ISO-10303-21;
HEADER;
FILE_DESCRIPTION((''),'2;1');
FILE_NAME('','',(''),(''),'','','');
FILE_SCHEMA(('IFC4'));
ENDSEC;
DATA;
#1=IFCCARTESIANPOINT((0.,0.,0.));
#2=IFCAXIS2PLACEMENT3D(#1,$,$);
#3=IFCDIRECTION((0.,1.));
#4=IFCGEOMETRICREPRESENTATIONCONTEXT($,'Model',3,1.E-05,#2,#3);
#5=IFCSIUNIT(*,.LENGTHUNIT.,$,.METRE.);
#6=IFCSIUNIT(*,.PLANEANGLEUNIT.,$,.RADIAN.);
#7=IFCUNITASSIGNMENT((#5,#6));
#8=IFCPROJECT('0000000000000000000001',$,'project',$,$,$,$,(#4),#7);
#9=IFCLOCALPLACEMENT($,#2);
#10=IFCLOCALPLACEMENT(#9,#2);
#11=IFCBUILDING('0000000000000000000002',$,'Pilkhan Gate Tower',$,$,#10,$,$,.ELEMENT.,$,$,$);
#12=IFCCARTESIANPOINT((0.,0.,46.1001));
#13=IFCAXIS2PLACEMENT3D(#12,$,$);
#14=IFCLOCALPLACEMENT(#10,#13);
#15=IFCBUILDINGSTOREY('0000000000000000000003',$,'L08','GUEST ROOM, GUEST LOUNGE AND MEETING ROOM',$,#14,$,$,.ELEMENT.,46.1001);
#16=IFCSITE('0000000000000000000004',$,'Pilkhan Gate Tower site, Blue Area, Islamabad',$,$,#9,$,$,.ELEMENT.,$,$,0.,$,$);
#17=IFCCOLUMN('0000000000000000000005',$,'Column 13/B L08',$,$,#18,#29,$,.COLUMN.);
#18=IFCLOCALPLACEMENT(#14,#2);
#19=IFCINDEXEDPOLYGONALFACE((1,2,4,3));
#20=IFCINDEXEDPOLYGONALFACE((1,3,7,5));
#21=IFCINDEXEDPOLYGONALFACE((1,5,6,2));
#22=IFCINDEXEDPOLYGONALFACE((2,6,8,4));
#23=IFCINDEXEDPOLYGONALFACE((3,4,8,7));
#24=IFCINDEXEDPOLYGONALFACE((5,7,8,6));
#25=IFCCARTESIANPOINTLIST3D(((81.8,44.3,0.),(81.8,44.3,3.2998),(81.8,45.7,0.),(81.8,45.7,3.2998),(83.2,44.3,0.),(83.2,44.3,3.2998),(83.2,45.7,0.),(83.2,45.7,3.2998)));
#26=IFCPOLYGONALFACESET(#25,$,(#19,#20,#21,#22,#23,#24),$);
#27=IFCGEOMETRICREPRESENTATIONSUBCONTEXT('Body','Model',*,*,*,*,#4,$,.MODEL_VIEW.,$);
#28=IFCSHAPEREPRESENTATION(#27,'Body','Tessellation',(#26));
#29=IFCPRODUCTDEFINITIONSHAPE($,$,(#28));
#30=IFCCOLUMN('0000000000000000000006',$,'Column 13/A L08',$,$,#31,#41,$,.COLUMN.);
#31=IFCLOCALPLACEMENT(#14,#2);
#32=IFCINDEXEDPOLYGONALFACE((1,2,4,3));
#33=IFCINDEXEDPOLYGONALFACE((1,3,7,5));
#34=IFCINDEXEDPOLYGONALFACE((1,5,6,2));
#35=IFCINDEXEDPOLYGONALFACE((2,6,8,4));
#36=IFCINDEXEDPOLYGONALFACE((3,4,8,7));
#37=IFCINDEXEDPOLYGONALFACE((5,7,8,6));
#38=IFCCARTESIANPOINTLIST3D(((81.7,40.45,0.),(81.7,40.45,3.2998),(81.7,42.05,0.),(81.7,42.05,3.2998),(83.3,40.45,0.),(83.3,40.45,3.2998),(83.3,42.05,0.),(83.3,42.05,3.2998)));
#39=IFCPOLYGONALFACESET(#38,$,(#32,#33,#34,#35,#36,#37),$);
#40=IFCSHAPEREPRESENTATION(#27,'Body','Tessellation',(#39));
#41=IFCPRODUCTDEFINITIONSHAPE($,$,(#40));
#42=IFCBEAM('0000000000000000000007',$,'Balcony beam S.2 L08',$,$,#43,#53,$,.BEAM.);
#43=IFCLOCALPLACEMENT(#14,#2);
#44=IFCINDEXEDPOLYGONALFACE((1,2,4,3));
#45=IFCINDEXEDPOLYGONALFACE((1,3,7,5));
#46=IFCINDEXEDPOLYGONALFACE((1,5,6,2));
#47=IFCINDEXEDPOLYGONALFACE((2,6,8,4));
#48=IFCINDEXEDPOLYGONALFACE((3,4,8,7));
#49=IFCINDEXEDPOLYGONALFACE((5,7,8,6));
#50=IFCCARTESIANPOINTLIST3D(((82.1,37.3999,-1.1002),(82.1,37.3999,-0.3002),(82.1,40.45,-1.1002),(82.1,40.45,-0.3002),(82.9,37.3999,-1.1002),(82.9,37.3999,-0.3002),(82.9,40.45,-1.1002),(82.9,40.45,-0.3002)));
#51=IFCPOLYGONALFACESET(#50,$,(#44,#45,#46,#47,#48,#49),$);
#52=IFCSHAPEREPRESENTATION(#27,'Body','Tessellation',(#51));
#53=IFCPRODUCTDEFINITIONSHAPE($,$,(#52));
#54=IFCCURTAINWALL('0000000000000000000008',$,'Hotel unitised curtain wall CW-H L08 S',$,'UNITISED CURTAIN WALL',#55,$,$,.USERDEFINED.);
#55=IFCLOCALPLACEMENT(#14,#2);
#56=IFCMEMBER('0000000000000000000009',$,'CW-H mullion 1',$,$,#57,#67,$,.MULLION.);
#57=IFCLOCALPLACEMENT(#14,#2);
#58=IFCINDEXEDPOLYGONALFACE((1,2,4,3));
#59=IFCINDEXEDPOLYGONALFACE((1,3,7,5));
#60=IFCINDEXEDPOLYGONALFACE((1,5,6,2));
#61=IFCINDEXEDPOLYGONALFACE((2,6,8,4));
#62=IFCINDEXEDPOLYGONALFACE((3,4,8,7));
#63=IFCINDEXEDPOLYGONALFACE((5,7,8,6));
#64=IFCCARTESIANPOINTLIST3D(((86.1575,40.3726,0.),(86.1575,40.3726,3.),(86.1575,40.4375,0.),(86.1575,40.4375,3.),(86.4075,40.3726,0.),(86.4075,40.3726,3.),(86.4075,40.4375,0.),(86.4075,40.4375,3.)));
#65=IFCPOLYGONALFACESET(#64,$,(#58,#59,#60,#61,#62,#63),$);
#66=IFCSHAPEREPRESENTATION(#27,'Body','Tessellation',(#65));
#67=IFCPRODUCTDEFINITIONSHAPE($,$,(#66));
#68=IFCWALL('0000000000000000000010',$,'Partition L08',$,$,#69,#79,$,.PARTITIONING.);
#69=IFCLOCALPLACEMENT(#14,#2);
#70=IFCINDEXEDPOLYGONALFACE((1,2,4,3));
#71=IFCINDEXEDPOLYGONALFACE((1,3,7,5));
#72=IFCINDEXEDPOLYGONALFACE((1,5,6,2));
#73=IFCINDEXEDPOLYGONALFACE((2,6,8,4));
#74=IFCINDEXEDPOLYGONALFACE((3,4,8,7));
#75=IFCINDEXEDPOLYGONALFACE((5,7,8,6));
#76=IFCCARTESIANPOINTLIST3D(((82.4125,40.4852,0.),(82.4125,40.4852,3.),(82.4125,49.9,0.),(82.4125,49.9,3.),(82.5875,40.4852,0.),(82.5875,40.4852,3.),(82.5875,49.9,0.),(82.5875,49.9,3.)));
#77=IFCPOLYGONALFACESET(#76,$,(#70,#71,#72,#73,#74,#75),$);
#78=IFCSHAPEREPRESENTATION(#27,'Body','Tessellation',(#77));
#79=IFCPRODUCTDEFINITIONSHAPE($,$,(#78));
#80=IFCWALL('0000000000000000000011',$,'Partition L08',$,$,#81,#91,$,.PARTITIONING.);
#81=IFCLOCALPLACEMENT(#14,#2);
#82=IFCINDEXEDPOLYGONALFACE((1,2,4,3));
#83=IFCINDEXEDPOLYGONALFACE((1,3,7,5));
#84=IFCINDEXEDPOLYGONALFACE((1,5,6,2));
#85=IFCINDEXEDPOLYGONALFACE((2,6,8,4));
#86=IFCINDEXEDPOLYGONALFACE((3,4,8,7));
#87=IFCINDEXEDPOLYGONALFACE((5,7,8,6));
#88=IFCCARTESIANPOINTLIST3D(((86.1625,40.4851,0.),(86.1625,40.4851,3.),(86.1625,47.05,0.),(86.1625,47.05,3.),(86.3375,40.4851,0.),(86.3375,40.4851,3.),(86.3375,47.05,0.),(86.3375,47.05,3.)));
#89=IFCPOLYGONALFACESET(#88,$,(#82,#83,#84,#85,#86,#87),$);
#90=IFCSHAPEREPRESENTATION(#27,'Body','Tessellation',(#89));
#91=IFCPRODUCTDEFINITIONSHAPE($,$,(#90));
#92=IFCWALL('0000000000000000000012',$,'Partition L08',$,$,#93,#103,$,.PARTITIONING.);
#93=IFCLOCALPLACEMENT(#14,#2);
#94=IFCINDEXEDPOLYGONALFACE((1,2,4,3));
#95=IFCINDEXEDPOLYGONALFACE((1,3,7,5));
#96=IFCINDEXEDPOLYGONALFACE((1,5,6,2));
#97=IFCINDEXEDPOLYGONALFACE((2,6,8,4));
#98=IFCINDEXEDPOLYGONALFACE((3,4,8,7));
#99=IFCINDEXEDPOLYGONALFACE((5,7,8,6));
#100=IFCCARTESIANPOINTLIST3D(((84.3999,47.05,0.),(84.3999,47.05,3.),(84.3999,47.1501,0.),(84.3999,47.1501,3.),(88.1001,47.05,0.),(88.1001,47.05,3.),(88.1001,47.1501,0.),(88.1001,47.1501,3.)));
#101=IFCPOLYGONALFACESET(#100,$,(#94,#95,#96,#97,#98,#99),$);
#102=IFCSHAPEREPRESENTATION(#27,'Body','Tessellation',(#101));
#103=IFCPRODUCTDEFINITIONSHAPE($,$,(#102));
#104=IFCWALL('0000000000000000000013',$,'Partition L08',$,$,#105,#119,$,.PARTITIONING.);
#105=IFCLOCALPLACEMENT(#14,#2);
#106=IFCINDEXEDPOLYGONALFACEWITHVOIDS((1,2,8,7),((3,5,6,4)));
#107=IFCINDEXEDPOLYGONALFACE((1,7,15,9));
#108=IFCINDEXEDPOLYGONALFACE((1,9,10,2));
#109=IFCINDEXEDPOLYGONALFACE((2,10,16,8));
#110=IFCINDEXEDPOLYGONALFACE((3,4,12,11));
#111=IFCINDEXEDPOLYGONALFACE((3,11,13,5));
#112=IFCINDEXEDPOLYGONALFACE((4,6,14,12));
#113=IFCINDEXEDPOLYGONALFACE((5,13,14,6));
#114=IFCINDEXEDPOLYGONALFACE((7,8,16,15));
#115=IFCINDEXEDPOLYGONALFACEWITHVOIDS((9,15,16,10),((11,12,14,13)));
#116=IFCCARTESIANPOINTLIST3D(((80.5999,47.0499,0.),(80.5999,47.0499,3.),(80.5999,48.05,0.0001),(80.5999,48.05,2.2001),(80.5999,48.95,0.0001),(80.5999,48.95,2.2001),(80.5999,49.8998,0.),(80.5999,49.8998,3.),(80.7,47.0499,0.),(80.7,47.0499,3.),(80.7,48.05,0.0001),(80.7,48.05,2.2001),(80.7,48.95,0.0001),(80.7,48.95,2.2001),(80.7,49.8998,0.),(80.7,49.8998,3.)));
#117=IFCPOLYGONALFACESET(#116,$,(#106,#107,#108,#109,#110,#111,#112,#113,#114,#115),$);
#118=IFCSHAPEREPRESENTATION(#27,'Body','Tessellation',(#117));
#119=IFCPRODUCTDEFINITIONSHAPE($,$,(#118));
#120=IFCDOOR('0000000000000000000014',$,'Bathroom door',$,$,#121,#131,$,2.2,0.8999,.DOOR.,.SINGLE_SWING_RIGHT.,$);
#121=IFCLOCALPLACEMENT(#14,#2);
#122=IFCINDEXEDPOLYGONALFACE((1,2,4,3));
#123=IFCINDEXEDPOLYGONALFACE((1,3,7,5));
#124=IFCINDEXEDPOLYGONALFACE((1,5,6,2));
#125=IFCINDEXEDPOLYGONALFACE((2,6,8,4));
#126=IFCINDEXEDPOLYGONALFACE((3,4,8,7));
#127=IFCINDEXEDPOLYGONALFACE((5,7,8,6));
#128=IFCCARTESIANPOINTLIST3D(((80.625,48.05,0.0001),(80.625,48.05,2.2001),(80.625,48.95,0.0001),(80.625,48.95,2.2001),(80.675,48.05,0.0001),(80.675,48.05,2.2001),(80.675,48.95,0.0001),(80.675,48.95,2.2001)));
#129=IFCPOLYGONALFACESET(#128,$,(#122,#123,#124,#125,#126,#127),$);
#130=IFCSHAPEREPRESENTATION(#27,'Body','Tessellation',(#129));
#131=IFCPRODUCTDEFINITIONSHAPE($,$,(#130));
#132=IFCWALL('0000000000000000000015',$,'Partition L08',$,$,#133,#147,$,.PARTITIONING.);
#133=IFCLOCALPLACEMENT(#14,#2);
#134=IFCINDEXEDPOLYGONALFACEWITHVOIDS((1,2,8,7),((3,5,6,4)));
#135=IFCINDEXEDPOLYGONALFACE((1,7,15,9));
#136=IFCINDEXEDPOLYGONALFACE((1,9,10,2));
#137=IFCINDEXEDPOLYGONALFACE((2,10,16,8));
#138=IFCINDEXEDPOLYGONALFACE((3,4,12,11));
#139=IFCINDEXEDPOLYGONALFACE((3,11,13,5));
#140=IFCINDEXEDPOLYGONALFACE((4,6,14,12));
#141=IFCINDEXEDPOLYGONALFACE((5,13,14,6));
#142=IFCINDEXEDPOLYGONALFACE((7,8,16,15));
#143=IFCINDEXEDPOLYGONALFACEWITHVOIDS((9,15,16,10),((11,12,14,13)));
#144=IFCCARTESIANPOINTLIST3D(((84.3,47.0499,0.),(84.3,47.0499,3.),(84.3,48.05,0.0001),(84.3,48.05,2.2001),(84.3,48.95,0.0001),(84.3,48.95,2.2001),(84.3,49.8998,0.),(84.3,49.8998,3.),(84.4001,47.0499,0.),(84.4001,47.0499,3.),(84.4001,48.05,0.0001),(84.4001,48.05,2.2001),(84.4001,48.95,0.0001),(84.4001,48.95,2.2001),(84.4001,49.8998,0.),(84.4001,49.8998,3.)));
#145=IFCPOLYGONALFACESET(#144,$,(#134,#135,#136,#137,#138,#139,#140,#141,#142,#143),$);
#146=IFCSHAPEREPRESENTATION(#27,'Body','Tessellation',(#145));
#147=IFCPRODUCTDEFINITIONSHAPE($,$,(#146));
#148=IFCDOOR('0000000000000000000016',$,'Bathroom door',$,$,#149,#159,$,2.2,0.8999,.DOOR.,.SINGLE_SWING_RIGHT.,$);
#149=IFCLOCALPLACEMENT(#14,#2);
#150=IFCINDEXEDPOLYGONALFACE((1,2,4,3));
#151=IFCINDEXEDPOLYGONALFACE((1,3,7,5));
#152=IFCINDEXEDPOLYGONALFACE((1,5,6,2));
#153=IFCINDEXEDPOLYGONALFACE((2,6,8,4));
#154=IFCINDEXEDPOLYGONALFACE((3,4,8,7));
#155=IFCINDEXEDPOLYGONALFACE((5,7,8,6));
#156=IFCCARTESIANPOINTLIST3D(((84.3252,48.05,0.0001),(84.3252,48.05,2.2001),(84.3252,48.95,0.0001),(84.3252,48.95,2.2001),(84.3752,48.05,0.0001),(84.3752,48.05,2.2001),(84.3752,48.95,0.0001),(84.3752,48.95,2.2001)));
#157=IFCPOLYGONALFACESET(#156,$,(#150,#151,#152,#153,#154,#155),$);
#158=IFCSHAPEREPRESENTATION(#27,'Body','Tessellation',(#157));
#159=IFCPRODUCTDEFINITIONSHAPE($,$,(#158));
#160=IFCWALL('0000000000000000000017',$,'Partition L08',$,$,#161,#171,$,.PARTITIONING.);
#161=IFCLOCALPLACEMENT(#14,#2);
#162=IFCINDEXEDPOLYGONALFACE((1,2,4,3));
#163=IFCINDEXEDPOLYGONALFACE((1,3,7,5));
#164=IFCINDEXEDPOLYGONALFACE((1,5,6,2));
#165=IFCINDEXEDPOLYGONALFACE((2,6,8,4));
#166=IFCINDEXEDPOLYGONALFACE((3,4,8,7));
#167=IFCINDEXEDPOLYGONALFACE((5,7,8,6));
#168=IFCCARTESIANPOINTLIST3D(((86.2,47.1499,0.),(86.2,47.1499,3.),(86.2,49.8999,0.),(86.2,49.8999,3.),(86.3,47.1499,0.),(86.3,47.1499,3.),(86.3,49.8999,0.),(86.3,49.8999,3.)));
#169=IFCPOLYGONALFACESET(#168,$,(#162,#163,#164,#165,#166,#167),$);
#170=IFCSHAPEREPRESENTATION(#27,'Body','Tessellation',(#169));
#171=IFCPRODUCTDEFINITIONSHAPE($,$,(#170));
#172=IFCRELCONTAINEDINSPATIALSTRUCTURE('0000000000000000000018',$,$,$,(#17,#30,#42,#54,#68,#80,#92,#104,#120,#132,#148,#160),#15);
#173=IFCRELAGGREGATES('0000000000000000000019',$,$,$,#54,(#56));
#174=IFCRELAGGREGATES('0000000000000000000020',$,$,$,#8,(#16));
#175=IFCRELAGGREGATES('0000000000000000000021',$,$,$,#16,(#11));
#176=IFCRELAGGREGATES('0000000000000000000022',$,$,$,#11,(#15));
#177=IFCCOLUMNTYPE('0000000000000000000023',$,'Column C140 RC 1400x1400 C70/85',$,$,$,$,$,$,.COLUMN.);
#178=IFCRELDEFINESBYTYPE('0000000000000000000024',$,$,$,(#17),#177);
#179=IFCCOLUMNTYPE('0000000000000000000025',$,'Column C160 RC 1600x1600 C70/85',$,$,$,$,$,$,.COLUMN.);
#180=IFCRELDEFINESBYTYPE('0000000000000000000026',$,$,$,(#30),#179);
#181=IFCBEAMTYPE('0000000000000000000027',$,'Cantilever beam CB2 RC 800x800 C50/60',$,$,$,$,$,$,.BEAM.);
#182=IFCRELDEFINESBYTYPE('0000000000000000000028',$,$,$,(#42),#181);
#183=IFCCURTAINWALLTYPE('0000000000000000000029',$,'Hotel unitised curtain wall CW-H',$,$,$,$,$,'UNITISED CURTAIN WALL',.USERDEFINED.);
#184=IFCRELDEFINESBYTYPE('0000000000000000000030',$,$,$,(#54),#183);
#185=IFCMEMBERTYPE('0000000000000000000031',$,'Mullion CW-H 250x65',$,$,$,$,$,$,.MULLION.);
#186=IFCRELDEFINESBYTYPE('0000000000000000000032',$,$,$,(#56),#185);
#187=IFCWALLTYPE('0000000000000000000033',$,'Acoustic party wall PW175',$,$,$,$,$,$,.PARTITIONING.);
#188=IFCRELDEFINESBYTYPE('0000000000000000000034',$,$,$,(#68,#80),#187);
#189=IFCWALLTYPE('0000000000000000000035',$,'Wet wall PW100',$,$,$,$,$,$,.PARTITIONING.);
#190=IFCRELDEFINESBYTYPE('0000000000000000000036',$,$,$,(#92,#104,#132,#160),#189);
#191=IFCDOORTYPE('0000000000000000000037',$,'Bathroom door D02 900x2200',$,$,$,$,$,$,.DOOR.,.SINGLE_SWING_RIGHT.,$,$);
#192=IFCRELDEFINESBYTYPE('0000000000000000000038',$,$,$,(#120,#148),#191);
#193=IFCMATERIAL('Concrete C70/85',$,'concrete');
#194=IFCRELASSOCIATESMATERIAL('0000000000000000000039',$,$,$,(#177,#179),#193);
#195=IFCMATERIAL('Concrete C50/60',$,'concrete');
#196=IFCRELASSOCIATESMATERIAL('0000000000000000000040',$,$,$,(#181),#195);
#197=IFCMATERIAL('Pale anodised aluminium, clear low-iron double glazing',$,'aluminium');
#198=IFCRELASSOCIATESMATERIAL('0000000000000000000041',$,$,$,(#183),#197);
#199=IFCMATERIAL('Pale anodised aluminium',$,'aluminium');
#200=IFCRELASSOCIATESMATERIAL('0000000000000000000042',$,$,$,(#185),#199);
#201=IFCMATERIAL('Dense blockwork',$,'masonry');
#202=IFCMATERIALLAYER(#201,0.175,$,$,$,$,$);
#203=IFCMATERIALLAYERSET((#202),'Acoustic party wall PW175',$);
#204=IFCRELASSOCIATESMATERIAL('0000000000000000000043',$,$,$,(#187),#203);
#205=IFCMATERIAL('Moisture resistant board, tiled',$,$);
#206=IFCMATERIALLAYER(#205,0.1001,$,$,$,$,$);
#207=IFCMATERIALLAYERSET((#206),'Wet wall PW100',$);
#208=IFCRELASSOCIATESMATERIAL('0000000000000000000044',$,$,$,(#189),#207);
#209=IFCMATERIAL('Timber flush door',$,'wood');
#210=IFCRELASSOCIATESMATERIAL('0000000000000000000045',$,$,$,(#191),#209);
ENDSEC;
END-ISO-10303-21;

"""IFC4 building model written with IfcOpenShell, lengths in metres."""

from ifc_helpers import new_model, si_unit, direction, frame, frame_2d, origin, origin_2d, place, context, subcontext, project, spatial, rectangle, extrude, material, layer, layer_set, material_profile, profile_set, type_object, element, fill, aggregate, save


model = new_model("IFC4")

# Units and contexts
model_context = context("Model", 3, precision=1e-05, world=origin(), true_north=direction((0.0, 1.0)))
body_context = subcontext(model_context, "Body", "Model", "MODEL_VIEW")
ifc_project = project(units=[si_unit("LENGTHUNIT", "METRE"), si_unit("PLANEANGLEUNIT", "RADIAN")], contexts=[model_context])

# Site, building, storey
site_placement = place(None, origin())
site = spatial("IfcSite", under=ifc_project, at=site_placement, Name="Pilkhan Gate Tower site, Blue Area, Islamabad", CompositionType="ELEMENT", RefElevation=0.0)
building_placement = place(site_placement, origin())
building = spatial("IfcBuilding", under=site, at=building_placement, Name="Pilkhan Gate Tower", CompositionType="ELEMENT")
storey_placement = place(building_placement, frame((0.0, 0.0, 46.1001)))
storey = spatial("IfcBuildingStorey", under=building, at=storey_placement, Name="L08", Description="GUEST ROOM, GUEST LOUNGE AND MEETING ROOM", CompositionType="ELEMENT", Elevation=46.1001)

# Columns
ifc_material_1 = material(Name="Concrete C70/85", Category="concrete")
ifc_material_profile_1 = material_profile(ifc_material_1, rectangle(XDim=1.3999, YDim=1.3999, at=origin_2d()), Name="RC 1400x1400")
ifc_profile_set_1 = profile_set([ifc_material_profile_1], Name="Concrete C70/85")
column_type_1 = type_object("IfcColumnType", Name="Column C140 RC 1400x1400 C70/85", PredefinedType="COLUMN", material=ifc_profile_set_1)
column_1_placement = place(storey_placement, frame((82.5, 45.0, 0.0), z_axis=(0.0, 0.0, 1.0), x_axis=(1.0, 0.0, 0.0)))
element("IfcColumn", 1, at=column_1_placement, inside=storey, type_object=column_type_1, Name="Column 13/B L08", PredefinedType="COLUMN", context=body_context, shape_type="SweptSolid", body=[
    extrude(rectangle(XDim=1.3999, YDim=1.3999, at=origin_2d()), origin(), (0.0, 0.0, 1.0), 3.2998),
])
ifc_material_profile_2 = material_profile(ifc_material_1, rectangle(XDim=1.6001, YDim=1.6001, at=origin_2d()), Name="RC 1600x1600")
ifc_profile_set_2 = profile_set([ifc_material_profile_2], Name="Concrete C70/85")
column_type_2 = type_object("IfcColumnType", Name="Column C160 RC 1600x1600 C70/85", PredefinedType="COLUMN", material=ifc_profile_set_2)
column_2_placement = place(storey_placement, frame((82.5, 41.25, 0.0), z_axis=(0.0, 0.0, 1.0), x_axis=(1.0, 0.0, 0.0)))
element("IfcColumn", 2, at=column_2_placement, inside=storey, type_object=column_type_2, Name="Column 13/A L08", PredefinedType="COLUMN", context=body_context, shape_type="SweptSolid", body=[
    extrude(rectangle(XDim=1.6001, YDim=1.6001, at=origin_2d()), origin(), (0.0, 0.0, 1.0), 3.2998),
])

# Beam
ifc_material_2 = material(Name="Concrete C50/60", Category="concrete")
ifc_material_profile_3 = material_profile(ifc_material_2, rectangle(XDim=0.8, YDim=0.8, at=origin_2d()), Name="RC 800x800")
ifc_profile_set_3 = profile_set([ifc_material_profile_3], Name="Concrete C50/60")
beam_type = type_object("IfcBeamType", Name="Cantilever beam CB2 RC 800x800 C50/60", PredefinedType="BEAM", material=ifc_profile_set_3)
beam_placement = place(storey_placement, frame((82.5, 40.45, -0.7002), z_axis=(0.0, -1.0, 0.0), x_axis=(1.0, 0.0, 0.0)))
element("IfcBeam", 3, at=beam_placement, inside=storey, type_object=beam_type, Name="Balcony beam S.2 L08", PredefinedType="BEAM", context=body_context, shape_type="SweptSolid", body=[
    extrude(rectangle(XDim=0.8, YDim=0.8, at=origin_2d()), origin(), (0.0, 0.0, 1.0), 3.05),
])

# Curtain wall, member
ifc_material_3 = material(Name="Pale anodised aluminium, clear low-iron double glazing", Category="aluminium")
curtain_wall_type = type_object("IfcCurtainWallType", Name="Hotel unitised curtain wall CW-H", ElementType="UNITISED CURTAIN WALL", PredefinedType="USERDEFINED", material=ifc_material_3)
curtain_wall_placement = place(storey_placement, origin())
curtain_wall = element("IfcCurtainWall", 4, at=curtain_wall_placement, inside=storey, type_object=curtain_wall_type, Name="Hotel unitised curtain wall CW-H L08 S", ObjectType="UNITISED CURTAIN WALL", PredefinedType="USERDEFINED")
ifc_material_4 = material(Name="Pale anodised aluminium", Category="aluminium")
ifc_material_profile_4 = material_profile(ifc_material_4, rectangle(XDim=0.0649, YDim=0.25, at=origin_2d()), Name="Mullion 250x65")
ifc_profile_set_4 = profile_set([ifc_material_profile_4], Name="Pale anodised aluminium")
member_type = type_object("IfcMemberType", Name="Mullion CW-H 250x65", PredefinedType="MULLION", material=ifc_profile_set_4)
member_placement = place(storey_placement, frame((86.2825, 40.405, 0.0), z_axis=(0.0, 0.0, 1.0), x_axis=(0.0, 1.0, 0.0)))
member = element("IfcMember", 5, at=member_placement, type_object=member_type, Name="CW-H mullion 1", PredefinedType="MULLION", context=body_context, shape_type="SweptSolid", body=[
    extrude(rectangle(XDim=0.0649, YDim=0.25, at=origin_2d()), origin(), (0.0, 0.0, 1.0), 3.0),
])
aggregate(curtain_wall, [member])

# Walls
ifc_material_5 = material(Name="Dense blockwork", Category="masonry")
ifc_layer_1 = layer(ifc_material_5, 0.175)
ifc_layer_set_1 = layer_set([ifc_layer_1], Name="Acoustic party wall PW175")
wall_type_1 = type_object("IfcWallType", Name="Acoustic party wall PW175", PredefinedType="PARTITIONING", material=ifc_layer_set_1)
wall_1_placement = place(storey_placement, frame((82.5, 40.4851, 0.0), z_axis=(0.0, 0.0, 1.0), x_axis=(0.0, 1.0, 0.0)))
element("IfcWall", 6, at=wall_1_placement, inside=storey, type_object=wall_type_1, Name="Partition L08", PredefinedType="PARTITIONING", context=body_context, shape_type="SweptSolid", body=[
    extrude(rectangle(XDim=9.4148, YDim=0.175, at=frame_2d((4.7075, 0.0))), origin(), (0.0, 0.0, 1.0), 3.0),
])
wall_2_placement = place(storey_placement, frame((86.25, 40.4851, 0.0), z_axis=(0.0, 0.0, 1.0), x_axis=(0.0, 1.0, 0.0)))
element("IfcWall", 7, at=wall_2_placement, inside=storey, type_object=wall_type_1, Name="Partition L08", PredefinedType="PARTITIONING", context=body_context, shape_type="SweptSolid", body=[
    extrude(rectangle(XDim=6.5649, YDim=0.175, at=frame_2d((3.2825, 0.0))), origin(), (0.0, 0.0, 1.0), 3.0),
])

# Wall
ifc_material_6 = material(Name="Moisture resistant board, tiled")
ifc_layer_2 = layer(ifc_material_6, 0.1001)
ifc_layer_set_2 = layer_set([ifc_layer_2], Name="Wet wall PW100")
wall_type_2 = type_object("IfcWallType", Name="Wet wall PW100", PredefinedType="PARTITIONING", material=ifc_layer_set_2)
wall_3_placement = place(storey_placement, frame((84.3999, 47.1001, 0.0), z_axis=(0.0, 0.0, 1.0), x_axis=(1.0, 0.0, 0.0)))
element("IfcWall", 8, at=wall_3_placement, inside=storey, type_object=wall_type_2, Name="Partition L08", PredefinedType="PARTITIONING", context=body_context, shape_type="SweptSolid", body=[
    extrude(rectangle(XDim=3.7002, YDim=0.1001, at=frame_2d((1.8501, 0.0))), origin(), (0.0, 0.0, 1.0), 3.0),
])

# Walls, openings, doors
wall_4_placement = place(storey_placement, frame((80.6499, 47.05, 0.0), z_axis=(0.0, 0.0, 1.0), x_axis=(0.0, 1.0, 0.0)))
wall_4 = element("IfcWall", 9, at=wall_4_placement, inside=storey, type_object=wall_type_2, Name="Partition L08", PredefinedType="PARTITIONING", context=body_context, shape_type="SweptSolid", body=[
    extrude(rectangle(XDim=2.8499, YDim=0.1001, at=frame_2d((1.4248, 0.0))), origin(), (0.0, 0.0, 1.0), 3.0),
])
opening_1_placement = place(wall_4_placement, frame((1.0, 0.0, 0.0)))
opening_1 = element("IfcOpeningElement", 10, at=opening_1_placement, cuts=wall_4, PredefinedType="OPENING", context=body_context, shape_type="SweptSolid", body=[
    extrude(rectangle(XDim=0.8999, YDim=2.2, at=frame_2d((0.45, 1.1001))), frame((0.0, 0.0601, 0.0), z_axis=(0.0, -1.0, 0.0), x_axis=(1.0, 0.0, 0.0)), (0.0, 0.0, 1.0), 0.1201),
])
ifc_material_7 = material(Name="Timber flush door", Category="wood")
door_type_1 = type_object("IfcDoorType", Name="Bathroom door D02 900x2200", OperationType="SINGLE_SWING_RIGHT", PredefinedType="DOOR", material=ifc_material_7)
door_1_placement = place(opening_1_placement, origin())
door_1 = element("IfcDoor", 11, at=door_1_placement, inside=storey, type_object=door_type_1, Name="Bathroom door", OperationType="SINGLE_SWING_RIGHT", OverallHeight=2.2, OverallWidth=0.8999, PredefinedType="DOOR", context=body_context, shape_type="SweptSolid", body=[
    extrude(rectangle(XDim=0.8999, YDim=2.2, at=frame_2d((0.45, 1.1001))), frame((0.0, 0.0249, 0.0), z_axis=(0.0, -1.0, 0.0), x_axis=(1.0, 0.0, 0.0)), (0.0, 0.0, 1.0), 0.05),
])
fill(opening_1, door_1)
wall_5_placement = place(storey_placement, frame((84.3501, 47.05, 0.0), z_axis=(0.0, 0.0, 1.0), x_axis=(0.0, 1.0, 0.0)))
wall_5 = element("IfcWall", 12, at=wall_5_placement, inside=storey, type_object=wall_type_2, Name="Partition L08", PredefinedType="PARTITIONING", context=body_context, shape_type="SweptSolid", body=[
    extrude(rectangle(XDim=2.8499, YDim=0.1001, at=frame_2d((1.4248, 0.0))), origin(), (0.0, 0.0, 1.0), 3.0),
])
opening_2_placement = place(wall_5_placement, frame((1.0, 0.0, 0.0)))
opening_2 = element("IfcOpeningElement", 13, at=opening_2_placement, cuts=wall_5, PredefinedType="OPENING", context=body_context, shape_type="SweptSolid", body=[
    extrude(rectangle(XDim=0.8999, YDim=2.2, at=frame_2d((0.45, 1.1001))), frame((0.0, 0.0601, 0.0), z_axis=(0.0, -1.0, 0.0), x_axis=(1.0, 0.0, 0.0)), (0.0, 0.0, 1.0), 0.1201),
])
door_2_placement = place(opening_2_placement, origin())
door_2 = element("IfcDoor", 14, at=door_2_placement, inside=storey, type_object=door_type_1, Name="Bathroom door", OperationType="SINGLE_SWING_RIGHT", OverallHeight=2.2, OverallWidth=0.8999, PredefinedType="DOOR", context=body_context, shape_type="SweptSolid", body=[
    extrude(rectangle(XDim=0.8999, YDim=2.2, at=frame_2d((0.45, 1.1001))), frame((0.0, 0.0249, 0.0), z_axis=(0.0, -1.0, 0.0), x_axis=(1.0, 0.0, 0.0)), (0.0, 0.0, 1.0), 0.05),
])
fill(opening_2, door_2)

# Wall
wall_6_placement = place(storey_placement, frame((86.25, 47.1499, 0.0), z_axis=(0.0, 0.0, 1.0), x_axis=(0.0, 1.0, 0.0)))
element("IfcWall", 15, at=wall_6_placement, inside=storey, type_object=wall_type_2, Name="Partition L08", PredefinedType="PARTITIONING", context=body_context, shape_type="SweptSolid", body=[
    extrude(rectangle(XDim=2.75, YDim=0.1001, at=frame_2d((1.375, 0.0))), origin(), (0.0, 0.0, 1.0), 3.0),
])

save(model, "model.ifc")
